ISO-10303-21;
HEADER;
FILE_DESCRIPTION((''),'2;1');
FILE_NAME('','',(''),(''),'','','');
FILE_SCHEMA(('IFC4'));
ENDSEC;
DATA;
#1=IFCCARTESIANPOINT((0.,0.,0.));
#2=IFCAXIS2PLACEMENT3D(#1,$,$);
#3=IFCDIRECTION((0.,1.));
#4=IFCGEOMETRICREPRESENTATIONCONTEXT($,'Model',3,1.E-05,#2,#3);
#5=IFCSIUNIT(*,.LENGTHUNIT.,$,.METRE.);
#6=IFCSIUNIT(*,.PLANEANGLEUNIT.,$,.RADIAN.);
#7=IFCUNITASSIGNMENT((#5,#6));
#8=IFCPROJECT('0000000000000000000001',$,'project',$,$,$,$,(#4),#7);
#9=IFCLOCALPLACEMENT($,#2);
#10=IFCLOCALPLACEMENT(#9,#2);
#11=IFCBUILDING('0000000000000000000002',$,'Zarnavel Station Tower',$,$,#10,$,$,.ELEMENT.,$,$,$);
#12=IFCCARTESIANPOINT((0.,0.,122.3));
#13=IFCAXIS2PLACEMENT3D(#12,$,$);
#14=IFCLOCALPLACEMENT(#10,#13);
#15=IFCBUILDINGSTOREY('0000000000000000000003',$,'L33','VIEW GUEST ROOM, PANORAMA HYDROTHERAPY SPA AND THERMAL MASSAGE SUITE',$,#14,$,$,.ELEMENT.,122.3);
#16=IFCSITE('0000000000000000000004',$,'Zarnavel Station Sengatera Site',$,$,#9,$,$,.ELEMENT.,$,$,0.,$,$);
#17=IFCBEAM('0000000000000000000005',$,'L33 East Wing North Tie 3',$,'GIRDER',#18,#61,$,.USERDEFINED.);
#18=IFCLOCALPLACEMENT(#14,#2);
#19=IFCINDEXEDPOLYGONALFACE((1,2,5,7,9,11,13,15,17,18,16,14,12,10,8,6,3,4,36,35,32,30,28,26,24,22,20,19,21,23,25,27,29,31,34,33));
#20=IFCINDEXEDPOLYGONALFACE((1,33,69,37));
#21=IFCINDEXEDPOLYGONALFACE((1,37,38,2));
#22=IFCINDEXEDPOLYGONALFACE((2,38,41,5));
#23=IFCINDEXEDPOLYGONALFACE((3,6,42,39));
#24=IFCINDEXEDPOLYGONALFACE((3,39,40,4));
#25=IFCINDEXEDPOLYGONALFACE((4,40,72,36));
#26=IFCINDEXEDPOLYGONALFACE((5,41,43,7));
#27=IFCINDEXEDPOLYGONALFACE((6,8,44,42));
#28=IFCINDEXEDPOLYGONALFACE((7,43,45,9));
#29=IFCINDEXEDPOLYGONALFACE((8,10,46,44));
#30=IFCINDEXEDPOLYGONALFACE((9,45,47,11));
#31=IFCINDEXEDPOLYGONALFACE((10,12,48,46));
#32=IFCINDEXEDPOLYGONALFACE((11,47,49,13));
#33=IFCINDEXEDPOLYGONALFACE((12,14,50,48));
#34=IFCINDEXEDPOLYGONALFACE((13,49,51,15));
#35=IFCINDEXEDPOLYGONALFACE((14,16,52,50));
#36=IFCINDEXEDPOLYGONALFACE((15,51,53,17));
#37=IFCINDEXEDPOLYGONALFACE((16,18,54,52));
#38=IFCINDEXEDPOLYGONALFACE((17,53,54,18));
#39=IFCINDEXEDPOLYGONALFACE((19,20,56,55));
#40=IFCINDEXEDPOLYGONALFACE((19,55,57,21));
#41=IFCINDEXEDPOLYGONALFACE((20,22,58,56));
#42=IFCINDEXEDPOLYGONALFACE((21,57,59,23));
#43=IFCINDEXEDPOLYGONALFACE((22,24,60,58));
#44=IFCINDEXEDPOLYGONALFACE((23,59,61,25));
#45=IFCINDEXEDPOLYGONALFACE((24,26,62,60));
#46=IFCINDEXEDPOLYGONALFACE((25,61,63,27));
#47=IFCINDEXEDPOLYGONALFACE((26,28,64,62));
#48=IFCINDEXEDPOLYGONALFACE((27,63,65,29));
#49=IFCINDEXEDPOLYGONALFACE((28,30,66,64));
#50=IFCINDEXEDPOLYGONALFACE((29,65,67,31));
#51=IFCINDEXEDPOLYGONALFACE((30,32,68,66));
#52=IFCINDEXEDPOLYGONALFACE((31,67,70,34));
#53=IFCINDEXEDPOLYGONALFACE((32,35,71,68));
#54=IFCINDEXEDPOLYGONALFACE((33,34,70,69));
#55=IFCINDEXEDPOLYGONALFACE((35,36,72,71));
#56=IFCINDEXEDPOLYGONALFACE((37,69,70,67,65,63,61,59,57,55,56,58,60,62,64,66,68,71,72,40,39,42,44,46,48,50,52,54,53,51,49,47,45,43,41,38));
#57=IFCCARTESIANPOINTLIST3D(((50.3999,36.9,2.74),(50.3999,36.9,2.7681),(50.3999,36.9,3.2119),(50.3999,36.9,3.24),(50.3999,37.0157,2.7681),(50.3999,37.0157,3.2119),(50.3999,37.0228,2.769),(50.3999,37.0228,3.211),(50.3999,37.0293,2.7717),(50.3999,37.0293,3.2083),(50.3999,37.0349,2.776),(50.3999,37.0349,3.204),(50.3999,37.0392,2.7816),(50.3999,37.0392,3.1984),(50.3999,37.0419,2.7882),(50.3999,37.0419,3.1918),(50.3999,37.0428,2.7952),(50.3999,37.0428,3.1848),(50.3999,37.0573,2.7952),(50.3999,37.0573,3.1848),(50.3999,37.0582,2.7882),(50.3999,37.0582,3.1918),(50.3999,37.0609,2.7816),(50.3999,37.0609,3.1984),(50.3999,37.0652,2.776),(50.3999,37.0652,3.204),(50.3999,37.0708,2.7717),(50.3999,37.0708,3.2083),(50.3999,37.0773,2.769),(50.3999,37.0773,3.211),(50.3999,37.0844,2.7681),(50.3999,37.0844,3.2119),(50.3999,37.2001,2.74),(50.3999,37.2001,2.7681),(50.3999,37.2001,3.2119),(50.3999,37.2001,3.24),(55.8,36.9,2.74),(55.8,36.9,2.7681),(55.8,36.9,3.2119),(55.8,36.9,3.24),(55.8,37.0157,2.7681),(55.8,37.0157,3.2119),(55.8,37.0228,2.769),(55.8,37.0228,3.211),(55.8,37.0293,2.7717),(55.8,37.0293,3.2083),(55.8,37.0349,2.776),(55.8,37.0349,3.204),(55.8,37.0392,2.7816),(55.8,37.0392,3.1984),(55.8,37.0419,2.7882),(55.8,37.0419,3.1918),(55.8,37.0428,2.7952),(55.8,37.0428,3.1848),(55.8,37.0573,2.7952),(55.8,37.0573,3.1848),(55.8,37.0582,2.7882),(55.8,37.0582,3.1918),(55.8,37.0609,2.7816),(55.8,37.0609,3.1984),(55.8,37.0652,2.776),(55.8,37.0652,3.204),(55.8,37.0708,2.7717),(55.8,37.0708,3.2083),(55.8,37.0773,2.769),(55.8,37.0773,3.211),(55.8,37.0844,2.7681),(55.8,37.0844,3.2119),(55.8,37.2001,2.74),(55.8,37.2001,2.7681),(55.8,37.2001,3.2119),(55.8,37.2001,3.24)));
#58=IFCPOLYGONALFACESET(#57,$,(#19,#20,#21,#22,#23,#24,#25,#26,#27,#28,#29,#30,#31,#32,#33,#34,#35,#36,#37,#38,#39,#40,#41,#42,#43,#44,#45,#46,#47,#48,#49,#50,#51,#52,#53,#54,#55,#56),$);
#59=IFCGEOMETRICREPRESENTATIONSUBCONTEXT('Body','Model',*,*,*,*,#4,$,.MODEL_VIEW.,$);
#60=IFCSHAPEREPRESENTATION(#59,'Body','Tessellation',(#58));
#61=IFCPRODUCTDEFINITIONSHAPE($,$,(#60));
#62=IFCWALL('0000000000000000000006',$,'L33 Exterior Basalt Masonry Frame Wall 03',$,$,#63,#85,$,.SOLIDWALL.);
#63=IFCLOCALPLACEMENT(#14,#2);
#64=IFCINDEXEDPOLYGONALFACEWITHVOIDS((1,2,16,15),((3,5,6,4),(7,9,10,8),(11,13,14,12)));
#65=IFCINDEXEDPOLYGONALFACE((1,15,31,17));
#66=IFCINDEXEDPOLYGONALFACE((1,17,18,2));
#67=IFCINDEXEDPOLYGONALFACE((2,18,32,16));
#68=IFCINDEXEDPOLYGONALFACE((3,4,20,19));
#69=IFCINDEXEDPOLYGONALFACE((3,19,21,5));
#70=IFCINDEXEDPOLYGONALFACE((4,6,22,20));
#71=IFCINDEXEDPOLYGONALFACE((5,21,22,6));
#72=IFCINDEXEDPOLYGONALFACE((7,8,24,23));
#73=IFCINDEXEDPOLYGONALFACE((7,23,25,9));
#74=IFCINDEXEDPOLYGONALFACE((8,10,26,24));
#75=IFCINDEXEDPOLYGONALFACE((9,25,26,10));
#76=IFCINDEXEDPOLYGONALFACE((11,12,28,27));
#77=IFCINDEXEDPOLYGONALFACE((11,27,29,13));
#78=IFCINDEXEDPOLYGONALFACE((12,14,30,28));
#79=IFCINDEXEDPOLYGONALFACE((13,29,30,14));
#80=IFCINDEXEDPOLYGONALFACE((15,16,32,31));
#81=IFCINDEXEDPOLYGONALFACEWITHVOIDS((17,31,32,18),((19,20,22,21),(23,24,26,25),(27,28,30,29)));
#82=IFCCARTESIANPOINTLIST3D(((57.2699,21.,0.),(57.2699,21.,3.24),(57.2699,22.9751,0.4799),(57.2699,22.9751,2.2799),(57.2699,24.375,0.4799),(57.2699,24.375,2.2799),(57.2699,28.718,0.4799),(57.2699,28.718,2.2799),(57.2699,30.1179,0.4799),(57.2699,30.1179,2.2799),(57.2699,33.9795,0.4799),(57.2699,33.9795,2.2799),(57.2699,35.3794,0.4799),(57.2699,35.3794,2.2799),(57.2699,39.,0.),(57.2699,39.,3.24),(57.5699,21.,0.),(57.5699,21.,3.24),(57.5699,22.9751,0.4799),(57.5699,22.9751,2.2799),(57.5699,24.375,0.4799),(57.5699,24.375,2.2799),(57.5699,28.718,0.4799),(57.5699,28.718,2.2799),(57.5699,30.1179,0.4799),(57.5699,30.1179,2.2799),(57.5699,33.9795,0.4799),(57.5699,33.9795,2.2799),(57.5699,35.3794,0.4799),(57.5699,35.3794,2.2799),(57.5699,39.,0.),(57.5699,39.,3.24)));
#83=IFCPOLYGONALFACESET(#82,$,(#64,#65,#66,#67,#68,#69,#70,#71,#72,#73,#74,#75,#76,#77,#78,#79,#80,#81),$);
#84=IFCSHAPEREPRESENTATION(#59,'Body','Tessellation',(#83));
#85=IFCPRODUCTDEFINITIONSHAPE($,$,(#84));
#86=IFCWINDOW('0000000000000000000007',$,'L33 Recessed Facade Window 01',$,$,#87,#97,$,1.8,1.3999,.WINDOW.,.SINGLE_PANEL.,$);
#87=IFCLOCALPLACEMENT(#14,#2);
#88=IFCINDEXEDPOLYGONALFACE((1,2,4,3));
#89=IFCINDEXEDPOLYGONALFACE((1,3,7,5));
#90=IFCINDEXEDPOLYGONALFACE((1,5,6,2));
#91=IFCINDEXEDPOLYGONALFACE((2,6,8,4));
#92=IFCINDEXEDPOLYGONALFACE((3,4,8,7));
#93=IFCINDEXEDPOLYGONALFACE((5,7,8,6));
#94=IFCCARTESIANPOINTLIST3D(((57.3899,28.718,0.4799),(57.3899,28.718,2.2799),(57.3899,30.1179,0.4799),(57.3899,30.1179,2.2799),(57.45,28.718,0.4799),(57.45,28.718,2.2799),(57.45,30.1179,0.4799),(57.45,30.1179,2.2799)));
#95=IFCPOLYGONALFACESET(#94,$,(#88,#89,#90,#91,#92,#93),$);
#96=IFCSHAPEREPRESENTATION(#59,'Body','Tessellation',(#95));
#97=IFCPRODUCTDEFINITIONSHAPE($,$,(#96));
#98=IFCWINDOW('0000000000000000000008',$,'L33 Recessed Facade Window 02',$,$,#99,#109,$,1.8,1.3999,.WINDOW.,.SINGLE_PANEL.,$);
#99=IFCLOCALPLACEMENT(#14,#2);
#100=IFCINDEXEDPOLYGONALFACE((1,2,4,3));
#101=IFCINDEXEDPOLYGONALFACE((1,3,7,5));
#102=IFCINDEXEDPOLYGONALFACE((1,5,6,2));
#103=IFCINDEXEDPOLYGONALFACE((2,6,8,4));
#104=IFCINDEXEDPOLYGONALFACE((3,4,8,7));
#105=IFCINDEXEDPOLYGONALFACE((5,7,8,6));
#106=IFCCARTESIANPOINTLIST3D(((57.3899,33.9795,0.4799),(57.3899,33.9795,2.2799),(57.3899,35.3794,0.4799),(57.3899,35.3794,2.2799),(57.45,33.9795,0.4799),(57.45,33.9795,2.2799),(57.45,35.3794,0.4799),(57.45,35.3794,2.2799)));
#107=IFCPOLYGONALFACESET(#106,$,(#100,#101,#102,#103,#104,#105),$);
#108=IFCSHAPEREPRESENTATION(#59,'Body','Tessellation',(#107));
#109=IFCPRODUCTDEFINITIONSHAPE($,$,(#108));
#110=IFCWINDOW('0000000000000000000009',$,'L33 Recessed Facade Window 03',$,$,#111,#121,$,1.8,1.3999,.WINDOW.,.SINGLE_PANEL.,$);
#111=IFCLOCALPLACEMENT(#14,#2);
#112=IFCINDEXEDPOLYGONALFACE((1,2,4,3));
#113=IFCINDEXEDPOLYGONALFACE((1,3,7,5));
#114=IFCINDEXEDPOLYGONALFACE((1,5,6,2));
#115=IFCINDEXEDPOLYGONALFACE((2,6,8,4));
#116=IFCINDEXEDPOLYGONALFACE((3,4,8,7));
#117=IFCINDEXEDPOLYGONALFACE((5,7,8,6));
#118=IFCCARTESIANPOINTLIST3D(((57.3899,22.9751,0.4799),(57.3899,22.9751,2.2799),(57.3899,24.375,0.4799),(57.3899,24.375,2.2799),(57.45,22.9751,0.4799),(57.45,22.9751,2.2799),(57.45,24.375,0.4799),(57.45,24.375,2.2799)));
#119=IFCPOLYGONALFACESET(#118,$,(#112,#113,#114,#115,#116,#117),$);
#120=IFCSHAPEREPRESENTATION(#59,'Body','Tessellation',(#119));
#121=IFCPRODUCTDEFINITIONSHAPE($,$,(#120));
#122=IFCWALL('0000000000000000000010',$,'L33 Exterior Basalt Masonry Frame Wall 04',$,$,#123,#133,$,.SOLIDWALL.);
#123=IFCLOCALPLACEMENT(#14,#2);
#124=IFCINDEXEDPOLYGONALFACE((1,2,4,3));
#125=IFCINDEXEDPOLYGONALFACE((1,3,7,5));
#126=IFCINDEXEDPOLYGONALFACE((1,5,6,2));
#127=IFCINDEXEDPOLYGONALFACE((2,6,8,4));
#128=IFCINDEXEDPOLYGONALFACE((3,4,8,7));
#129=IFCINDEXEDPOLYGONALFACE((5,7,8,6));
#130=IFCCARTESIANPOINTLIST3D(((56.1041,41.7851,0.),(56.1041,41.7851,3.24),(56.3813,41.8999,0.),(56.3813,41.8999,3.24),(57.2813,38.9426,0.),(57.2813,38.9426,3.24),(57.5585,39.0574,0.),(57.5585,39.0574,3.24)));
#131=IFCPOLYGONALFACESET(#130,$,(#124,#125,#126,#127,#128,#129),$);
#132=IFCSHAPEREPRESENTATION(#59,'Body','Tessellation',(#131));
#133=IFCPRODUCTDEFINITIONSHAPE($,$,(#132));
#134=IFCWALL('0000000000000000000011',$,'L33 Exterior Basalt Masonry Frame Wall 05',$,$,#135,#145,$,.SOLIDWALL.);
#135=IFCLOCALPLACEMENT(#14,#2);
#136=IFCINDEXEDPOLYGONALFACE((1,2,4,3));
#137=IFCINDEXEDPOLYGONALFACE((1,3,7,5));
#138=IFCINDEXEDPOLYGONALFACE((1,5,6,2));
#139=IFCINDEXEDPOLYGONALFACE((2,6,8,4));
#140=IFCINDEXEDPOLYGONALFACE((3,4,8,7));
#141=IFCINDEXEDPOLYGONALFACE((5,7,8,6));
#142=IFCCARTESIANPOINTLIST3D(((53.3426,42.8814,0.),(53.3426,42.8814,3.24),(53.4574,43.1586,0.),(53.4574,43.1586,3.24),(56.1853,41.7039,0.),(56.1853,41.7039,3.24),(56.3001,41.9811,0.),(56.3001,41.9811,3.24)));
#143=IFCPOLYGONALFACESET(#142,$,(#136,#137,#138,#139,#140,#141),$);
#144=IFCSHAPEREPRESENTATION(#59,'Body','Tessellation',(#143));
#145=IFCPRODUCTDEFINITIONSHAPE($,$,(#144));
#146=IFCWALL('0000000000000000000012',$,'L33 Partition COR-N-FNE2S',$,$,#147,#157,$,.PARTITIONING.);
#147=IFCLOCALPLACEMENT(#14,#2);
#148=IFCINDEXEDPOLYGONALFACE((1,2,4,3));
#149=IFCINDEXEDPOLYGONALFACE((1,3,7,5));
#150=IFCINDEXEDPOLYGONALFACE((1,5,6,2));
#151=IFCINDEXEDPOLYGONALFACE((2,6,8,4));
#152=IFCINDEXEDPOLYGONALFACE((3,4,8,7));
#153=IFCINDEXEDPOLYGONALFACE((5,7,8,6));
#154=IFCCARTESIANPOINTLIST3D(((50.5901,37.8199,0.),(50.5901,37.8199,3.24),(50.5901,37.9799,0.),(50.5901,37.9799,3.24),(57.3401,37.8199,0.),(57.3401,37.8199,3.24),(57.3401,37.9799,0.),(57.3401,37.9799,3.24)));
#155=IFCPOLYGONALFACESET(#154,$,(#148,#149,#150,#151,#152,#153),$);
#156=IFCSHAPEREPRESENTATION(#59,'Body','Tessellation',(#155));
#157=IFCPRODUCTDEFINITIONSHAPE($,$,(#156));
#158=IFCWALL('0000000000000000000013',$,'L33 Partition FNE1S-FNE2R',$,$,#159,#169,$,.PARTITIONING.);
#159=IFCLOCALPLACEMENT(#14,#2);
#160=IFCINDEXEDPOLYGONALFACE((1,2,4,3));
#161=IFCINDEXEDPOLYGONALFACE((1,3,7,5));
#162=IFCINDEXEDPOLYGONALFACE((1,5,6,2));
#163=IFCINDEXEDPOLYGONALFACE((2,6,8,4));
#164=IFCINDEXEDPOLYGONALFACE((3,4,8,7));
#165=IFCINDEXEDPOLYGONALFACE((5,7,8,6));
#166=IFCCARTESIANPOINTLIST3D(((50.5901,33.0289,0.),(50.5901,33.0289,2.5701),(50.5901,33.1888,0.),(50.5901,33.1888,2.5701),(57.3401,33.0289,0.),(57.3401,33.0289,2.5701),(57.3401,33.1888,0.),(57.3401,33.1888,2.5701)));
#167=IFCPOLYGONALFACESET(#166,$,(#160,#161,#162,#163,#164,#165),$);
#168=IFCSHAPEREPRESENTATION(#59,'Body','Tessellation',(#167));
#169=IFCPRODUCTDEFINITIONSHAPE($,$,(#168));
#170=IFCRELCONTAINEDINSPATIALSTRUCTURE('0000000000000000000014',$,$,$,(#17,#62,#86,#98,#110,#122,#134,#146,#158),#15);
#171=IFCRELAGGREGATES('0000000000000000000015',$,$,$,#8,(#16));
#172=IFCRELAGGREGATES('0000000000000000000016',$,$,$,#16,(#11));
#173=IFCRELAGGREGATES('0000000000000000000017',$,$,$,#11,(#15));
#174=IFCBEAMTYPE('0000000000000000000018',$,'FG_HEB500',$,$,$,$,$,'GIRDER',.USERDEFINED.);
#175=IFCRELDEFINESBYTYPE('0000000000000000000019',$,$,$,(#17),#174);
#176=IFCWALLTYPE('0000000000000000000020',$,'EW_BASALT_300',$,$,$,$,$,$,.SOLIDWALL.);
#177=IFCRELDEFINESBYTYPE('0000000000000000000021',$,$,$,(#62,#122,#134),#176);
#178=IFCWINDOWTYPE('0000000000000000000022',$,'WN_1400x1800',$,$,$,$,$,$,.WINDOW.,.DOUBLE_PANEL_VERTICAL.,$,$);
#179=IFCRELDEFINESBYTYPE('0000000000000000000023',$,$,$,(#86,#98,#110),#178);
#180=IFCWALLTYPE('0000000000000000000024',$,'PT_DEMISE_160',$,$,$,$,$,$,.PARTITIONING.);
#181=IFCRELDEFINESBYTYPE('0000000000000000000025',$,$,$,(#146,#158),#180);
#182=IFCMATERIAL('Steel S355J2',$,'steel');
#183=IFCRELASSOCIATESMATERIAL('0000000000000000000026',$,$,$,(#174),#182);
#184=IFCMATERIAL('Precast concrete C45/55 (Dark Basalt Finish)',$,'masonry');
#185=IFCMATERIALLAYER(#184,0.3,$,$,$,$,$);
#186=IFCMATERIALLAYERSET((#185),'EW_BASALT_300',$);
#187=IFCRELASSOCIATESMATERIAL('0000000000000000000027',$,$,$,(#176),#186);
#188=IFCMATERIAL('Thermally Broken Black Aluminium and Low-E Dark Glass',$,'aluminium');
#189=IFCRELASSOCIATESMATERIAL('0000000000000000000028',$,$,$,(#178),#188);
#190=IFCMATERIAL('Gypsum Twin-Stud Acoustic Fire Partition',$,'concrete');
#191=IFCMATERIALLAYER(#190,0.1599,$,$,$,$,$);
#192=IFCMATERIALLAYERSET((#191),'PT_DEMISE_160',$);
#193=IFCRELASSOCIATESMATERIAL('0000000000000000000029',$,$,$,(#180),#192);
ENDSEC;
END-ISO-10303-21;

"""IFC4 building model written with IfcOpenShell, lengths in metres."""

from ifc_helpers import new_model, si_unit, direction, frame, frame_2d, origin, origin_2d, place, context, subcontext, project, spatial, rectangle, i_section, extrude, material, layer, layer_set, material_profile, profile_set, type_object, element, fill, save


model = new_model("IFC4")

# Units and contexts
model_context = context("Model", 3, precision=1e-05, world=origin(), true_north=direction((0.0, 1.0)))
body_context = subcontext(model_context, "Body", "Model", "MODEL_VIEW")
ifc_project = project(units=[si_unit("LENGTHUNIT", "METRE"), si_unit("PLANEANGLEUNIT", "RADIAN")], contexts=[model_context])

# Site, building, storey
site_placement = place(None, origin())
site = spatial("IfcSite", under=ifc_project, at=site_placement, Name="Zarnavel Station Sengatera Site", CompositionType="ELEMENT", RefElevation=0.0)
building_placement = place(site_placement, origin())
building = spatial("IfcBuilding", under=site, at=building_placement, Name="Zarnavel Station Tower", CompositionType="ELEMENT")
storey_placement = place(building_placement, frame((0.0, 0.0, 122.3)))
storey = spatial("IfcBuildingStorey", under=building, at=storey_placement, Name="L33", Description="VIEW GUEST ROOM, PANORAMA HYDROTHERAPY SPA AND THERMAL MASSAGE SUITE", CompositionType="ELEMENT", Elevation=122.3)

# Beam
ifc_material_1 = material(Name="Steel S355J2", Category="steel")
ifc_material_profile_1 = material_profile(ifc_material_1, i_section(OverallWidth=0.3, OverallDepth=0.5, WebThickness=0.0144, FlangeThickness=0.0281, FilletRadius=0.0271, at=origin_2d()), Name="HEB500")
ifc_profile_set_1 = profile_set([ifc_material_profile_1], Name="Steel S355J2")
beam_type = type_object("IfcBeamType", Name="FG_HEB500", ElementType="GIRDER", PredefinedType="USERDEFINED", material=ifc_profile_set_1)
beam_1_placement = place(storey_placement, frame((50.3999, 37.05, 2.99), z_axis=(1.0, 0.0, 0.0), x_axis=(0.0, 1.0, 0.0)))
element("IfcBeam", 1, at=beam_1_placement, inside=storey, type_object=beam_type, Name="L33 East Wing North Tie 3", ObjectType="GIRDER", PredefinedType="USERDEFINED", context=body_context, shape_type="SweptSolid", body=[
    extrude(i_section(OverallWidth=0.3, OverallDepth=0.5, WebThickness=0.0144, FlangeThickness=0.0281, FilletRadius=0.0271, at=origin_2d()), origin(), (0.0, 0.0, 1.0), 5.4001),
])

# Wall, openings, windows
ifc_material_2 = material(Name="Precast concrete C45/55 (Dark Basalt Finish)", Category="masonry")
ifc_layer_1 = layer(ifc_material_2, 0.3)
ifc_layer_set_1 = layer_set([ifc_layer_1], Name="EW_BASALT_300")
wall_type_1 = type_object("IfcWallType", Name="EW_BASALT_300", PredefinedType="SOLIDWALL", material=ifc_layer_set_1)
wall_1_placement = place(storey_placement, frame((57.4199, 39.0, 0.0), z_axis=(0.0, 0.0, 1.0), x_axis=(0.0, -1.0, 0.0)))
wall_1 = element("IfcWall", 2, at=wall_1_placement, inside=storey, type_object=wall_type_1, Name="L33 Exterior Basalt Masonry Frame Wall 03", PredefinedType="SOLIDWALL", context=body_context, shape_type="SweptSolid", body=[
    extrude(rectangle(XDim=18.0, YDim=0.3, at=frame_2d((9.0, 0.0))), origin(), (0.0, 0.0, 1.0), 3.24),
])
opening_1_placement = place(wall_1_placement, frame((8.8821, 0.0, 0.48)))
opening_1 = element("IfcOpeningElement", 3, at=opening_1_placement, cuts=wall_1, PredefinedType="OPENING", context=body_context, shape_type="SweptSolid", body=[
    extrude(rectangle(XDim=1.3999, YDim=1.8, at=frame_2d((0.7, 0.8999))), frame((0.0, 0.1599, 0.0), z_axis=(0.0, -1.0, 0.0), x_axis=(1.0, 0.0, 0.0)), (0.0, 0.0, 1.0), 0.3201),
])
opening_2_placement = place(wall_1_placement, frame((3.6206, 0.0, 0.48)))
opening_2 = element("IfcOpeningElement", 4, at=opening_2_placement, cuts=wall_1, PredefinedType="OPENING", context=body_context, shape_type="SweptSolid", body=[
    extrude(rectangle(XDim=1.3999, YDim=1.8, at=frame_2d((0.7, 0.8999))), frame((0.0, 0.1599, 0.0), z_axis=(0.0, -1.0, 0.0), x_axis=(1.0, 0.0, 0.0)), (0.0, 0.0, 1.0), 0.3201),
])
opening_3_placement = place(wall_1_placement, frame((14.625, 0.0, 0.48)))
opening_3 = element("IfcOpeningElement", 5, at=opening_3_placement, cuts=wall_1, PredefinedType="OPENING", context=body_context, shape_type="SweptSolid", body=[
    extrude(rectangle(XDim=1.3999, YDim=1.8, at=frame_2d((0.7, 0.8999))), frame((0.0, 0.1599, 0.0), z_axis=(0.0, -1.0, 0.0), x_axis=(1.0, 0.0, 0.0)), (0.0, 0.0, 1.0), 0.3201),
])
ifc_material_3 = material(Name="Thermally Broken Black Aluminium and Low-E Dark Glass", Category="aluminium")
window_type = type_object("IfcWindowType", Name="WN_1400x1800", PartitioningType="DOUBLE_PANEL_VERTICAL", PredefinedType="WINDOW", material=ifc_material_3)
window_1_placement = place(opening_1_placement, origin())
window_1 = element("IfcWindow", 6, at=window_1_placement, inside=storey, type_object=window_type, Name="L33 Recessed Facade Window 01", OverallHeight=1.8, OverallWidth=1.3999, PartitioningType="SINGLE_PANEL", PredefinedType="WINDOW", context=body_context, shape_type="SweptSolid", body=[
    extrude(rectangle(XDim=1.3999, YDim=1.8, at=frame_2d((0.7, 0.8999))), frame((0.0, 0.03, 0.0), z_axis=(0.0, -1.0, 0.0), x_axis=(1.0, 0.0, 0.0)), (0.0, 0.0, 1.0), 0.0601),
])
fill(opening_1, window_1)
window_2_placement = place(opening_2_placement, origin())
window_2 = element("IfcWindow", 7, at=window_2_placement, inside=storey, type_object=window_type, Name="L33 Recessed Facade Window 02", OverallHeight=1.8, OverallWidth=1.3999, PartitioningType="SINGLE_PANEL", PredefinedType="WINDOW", context=body_context, shape_type="SweptSolid", body=[
    extrude(rectangle(XDim=1.3999, YDim=1.8, at=frame_2d((0.7, 0.8999))), frame((0.0, 0.03, 0.0), z_axis=(0.0, -1.0, 0.0), x_axis=(1.0, 0.0, 0.0)), (0.0, 0.0, 1.0), 0.0601),
])
fill(opening_2, window_2)
window_3_placement = place(opening_3_placement, origin())
window_3 = element("IfcWindow", 8, at=window_3_placement, inside=storey, type_object=window_type, Name="L33 Recessed Facade Window 03", OverallHeight=1.8, OverallWidth=1.3999, PartitioningType="SINGLE_PANEL", PredefinedType="WINDOW", context=body_context, shape_type="SweptSolid", body=[
    extrude(rectangle(XDim=1.3999, YDim=1.8, at=frame_2d((0.7, 0.8999))), frame((0.0, 0.03, 0.0), z_axis=(0.0, -1.0, 0.0), x_axis=(1.0, 0.0, 0.0)), (0.0, 0.0, 1.0), 0.0601),
])
fill(opening_3, window_3)

# Walls
wall_2_placement = place(storey_placement, frame((56.2427, 41.8425, 0.0), z_axis=(0.0, 0.0, 1.0), x_axis=(0.382637, -0.923899, 0.0)))
element("IfcWall", 9, at=wall_2_placement, inside=storey, type_object=wall_type_1, Name="L33 Exterior Basalt Masonry Frame Wall 04", PredefinedType="SOLIDWALL", context=body_context, shape_type="SweptSolid", body=[
    extrude(rectangle(XDim=3.0767, YDim=0.3, at=frame_2d((1.5383, 0.0))), origin(), (0.0, 0.0, 1.0), 3.24),
])
wall_3_placement = place(storey_placement, frame((53.3999, 43.02, 0.0), z_axis=(0.0, 0.0, 1.0), x_axis=(0.923882, -0.382676, 0.0)))
element("IfcWall", 10, at=wall_3_placement, inside=storey, type_object=wall_type_1, Name="L33 Exterior Basalt Masonry Frame Wall 05", PredefinedType="SOLIDWALL", context=body_context, shape_type="SweptSolid", body=[
    extrude(rectangle(XDim=3.0769, YDim=0.3, at=frame_2d((1.5386, 0.0))), origin(), (0.0, 0.0, 1.0), 3.24),
])
ifc_material_4 = material(Name="Gypsum Twin-Stud Acoustic Fire Partition", Category="concrete")
ifc_layer_2 = layer(ifc_material_4, 0.1599)
ifc_layer_set_2 = layer_set([ifc_layer_2], Name="PT_DEMISE_160")
wall_type_2 = type_object("IfcWallType", Name="PT_DEMISE_160", PredefinedType="PARTITIONING", material=ifc_layer_set_2)
wall_4_placement = place(storey_placement, frame((50.5901, 37.8999, 0.0), z_axis=(0.0, 0.0, 1.0), x_axis=(1.0, 0.0, 0.0)))
element("IfcWall", 11, at=wall_4_placement, inside=storey, type_object=wall_type_2, Name="L33 Partition COR-N-FNE2S", PredefinedType="PARTITIONING", context=body_context, shape_type="SweptSolid", body=[
    extrude(rectangle(XDim=6.75, YDim=0.1599, at=frame_2d((3.375, 0.0))), origin(), (0.0, 0.0, 1.0), 3.24),
])
wall_5_placement = place(storey_placement, frame((50.5901, 33.1089, 0.0), z_axis=(0.0, 0.0, 1.0), x_axis=(1.0, 0.0, 0.0)))
element("IfcWall", 12, at=wall_5_placement, inside=storey, type_object=wall_type_2, Name="L33 Partition FNE1S-FNE2R", PredefinedType="PARTITIONING", context=body_context, shape_type="SweptSolid", body=[
    extrude(rectangle(XDim=6.75, YDim=0.1599, at=frame_2d((3.375, 0.0))), origin(), (0.0, 0.0, 1.0), 2.5701),
])

save(model, "model.ifc")
